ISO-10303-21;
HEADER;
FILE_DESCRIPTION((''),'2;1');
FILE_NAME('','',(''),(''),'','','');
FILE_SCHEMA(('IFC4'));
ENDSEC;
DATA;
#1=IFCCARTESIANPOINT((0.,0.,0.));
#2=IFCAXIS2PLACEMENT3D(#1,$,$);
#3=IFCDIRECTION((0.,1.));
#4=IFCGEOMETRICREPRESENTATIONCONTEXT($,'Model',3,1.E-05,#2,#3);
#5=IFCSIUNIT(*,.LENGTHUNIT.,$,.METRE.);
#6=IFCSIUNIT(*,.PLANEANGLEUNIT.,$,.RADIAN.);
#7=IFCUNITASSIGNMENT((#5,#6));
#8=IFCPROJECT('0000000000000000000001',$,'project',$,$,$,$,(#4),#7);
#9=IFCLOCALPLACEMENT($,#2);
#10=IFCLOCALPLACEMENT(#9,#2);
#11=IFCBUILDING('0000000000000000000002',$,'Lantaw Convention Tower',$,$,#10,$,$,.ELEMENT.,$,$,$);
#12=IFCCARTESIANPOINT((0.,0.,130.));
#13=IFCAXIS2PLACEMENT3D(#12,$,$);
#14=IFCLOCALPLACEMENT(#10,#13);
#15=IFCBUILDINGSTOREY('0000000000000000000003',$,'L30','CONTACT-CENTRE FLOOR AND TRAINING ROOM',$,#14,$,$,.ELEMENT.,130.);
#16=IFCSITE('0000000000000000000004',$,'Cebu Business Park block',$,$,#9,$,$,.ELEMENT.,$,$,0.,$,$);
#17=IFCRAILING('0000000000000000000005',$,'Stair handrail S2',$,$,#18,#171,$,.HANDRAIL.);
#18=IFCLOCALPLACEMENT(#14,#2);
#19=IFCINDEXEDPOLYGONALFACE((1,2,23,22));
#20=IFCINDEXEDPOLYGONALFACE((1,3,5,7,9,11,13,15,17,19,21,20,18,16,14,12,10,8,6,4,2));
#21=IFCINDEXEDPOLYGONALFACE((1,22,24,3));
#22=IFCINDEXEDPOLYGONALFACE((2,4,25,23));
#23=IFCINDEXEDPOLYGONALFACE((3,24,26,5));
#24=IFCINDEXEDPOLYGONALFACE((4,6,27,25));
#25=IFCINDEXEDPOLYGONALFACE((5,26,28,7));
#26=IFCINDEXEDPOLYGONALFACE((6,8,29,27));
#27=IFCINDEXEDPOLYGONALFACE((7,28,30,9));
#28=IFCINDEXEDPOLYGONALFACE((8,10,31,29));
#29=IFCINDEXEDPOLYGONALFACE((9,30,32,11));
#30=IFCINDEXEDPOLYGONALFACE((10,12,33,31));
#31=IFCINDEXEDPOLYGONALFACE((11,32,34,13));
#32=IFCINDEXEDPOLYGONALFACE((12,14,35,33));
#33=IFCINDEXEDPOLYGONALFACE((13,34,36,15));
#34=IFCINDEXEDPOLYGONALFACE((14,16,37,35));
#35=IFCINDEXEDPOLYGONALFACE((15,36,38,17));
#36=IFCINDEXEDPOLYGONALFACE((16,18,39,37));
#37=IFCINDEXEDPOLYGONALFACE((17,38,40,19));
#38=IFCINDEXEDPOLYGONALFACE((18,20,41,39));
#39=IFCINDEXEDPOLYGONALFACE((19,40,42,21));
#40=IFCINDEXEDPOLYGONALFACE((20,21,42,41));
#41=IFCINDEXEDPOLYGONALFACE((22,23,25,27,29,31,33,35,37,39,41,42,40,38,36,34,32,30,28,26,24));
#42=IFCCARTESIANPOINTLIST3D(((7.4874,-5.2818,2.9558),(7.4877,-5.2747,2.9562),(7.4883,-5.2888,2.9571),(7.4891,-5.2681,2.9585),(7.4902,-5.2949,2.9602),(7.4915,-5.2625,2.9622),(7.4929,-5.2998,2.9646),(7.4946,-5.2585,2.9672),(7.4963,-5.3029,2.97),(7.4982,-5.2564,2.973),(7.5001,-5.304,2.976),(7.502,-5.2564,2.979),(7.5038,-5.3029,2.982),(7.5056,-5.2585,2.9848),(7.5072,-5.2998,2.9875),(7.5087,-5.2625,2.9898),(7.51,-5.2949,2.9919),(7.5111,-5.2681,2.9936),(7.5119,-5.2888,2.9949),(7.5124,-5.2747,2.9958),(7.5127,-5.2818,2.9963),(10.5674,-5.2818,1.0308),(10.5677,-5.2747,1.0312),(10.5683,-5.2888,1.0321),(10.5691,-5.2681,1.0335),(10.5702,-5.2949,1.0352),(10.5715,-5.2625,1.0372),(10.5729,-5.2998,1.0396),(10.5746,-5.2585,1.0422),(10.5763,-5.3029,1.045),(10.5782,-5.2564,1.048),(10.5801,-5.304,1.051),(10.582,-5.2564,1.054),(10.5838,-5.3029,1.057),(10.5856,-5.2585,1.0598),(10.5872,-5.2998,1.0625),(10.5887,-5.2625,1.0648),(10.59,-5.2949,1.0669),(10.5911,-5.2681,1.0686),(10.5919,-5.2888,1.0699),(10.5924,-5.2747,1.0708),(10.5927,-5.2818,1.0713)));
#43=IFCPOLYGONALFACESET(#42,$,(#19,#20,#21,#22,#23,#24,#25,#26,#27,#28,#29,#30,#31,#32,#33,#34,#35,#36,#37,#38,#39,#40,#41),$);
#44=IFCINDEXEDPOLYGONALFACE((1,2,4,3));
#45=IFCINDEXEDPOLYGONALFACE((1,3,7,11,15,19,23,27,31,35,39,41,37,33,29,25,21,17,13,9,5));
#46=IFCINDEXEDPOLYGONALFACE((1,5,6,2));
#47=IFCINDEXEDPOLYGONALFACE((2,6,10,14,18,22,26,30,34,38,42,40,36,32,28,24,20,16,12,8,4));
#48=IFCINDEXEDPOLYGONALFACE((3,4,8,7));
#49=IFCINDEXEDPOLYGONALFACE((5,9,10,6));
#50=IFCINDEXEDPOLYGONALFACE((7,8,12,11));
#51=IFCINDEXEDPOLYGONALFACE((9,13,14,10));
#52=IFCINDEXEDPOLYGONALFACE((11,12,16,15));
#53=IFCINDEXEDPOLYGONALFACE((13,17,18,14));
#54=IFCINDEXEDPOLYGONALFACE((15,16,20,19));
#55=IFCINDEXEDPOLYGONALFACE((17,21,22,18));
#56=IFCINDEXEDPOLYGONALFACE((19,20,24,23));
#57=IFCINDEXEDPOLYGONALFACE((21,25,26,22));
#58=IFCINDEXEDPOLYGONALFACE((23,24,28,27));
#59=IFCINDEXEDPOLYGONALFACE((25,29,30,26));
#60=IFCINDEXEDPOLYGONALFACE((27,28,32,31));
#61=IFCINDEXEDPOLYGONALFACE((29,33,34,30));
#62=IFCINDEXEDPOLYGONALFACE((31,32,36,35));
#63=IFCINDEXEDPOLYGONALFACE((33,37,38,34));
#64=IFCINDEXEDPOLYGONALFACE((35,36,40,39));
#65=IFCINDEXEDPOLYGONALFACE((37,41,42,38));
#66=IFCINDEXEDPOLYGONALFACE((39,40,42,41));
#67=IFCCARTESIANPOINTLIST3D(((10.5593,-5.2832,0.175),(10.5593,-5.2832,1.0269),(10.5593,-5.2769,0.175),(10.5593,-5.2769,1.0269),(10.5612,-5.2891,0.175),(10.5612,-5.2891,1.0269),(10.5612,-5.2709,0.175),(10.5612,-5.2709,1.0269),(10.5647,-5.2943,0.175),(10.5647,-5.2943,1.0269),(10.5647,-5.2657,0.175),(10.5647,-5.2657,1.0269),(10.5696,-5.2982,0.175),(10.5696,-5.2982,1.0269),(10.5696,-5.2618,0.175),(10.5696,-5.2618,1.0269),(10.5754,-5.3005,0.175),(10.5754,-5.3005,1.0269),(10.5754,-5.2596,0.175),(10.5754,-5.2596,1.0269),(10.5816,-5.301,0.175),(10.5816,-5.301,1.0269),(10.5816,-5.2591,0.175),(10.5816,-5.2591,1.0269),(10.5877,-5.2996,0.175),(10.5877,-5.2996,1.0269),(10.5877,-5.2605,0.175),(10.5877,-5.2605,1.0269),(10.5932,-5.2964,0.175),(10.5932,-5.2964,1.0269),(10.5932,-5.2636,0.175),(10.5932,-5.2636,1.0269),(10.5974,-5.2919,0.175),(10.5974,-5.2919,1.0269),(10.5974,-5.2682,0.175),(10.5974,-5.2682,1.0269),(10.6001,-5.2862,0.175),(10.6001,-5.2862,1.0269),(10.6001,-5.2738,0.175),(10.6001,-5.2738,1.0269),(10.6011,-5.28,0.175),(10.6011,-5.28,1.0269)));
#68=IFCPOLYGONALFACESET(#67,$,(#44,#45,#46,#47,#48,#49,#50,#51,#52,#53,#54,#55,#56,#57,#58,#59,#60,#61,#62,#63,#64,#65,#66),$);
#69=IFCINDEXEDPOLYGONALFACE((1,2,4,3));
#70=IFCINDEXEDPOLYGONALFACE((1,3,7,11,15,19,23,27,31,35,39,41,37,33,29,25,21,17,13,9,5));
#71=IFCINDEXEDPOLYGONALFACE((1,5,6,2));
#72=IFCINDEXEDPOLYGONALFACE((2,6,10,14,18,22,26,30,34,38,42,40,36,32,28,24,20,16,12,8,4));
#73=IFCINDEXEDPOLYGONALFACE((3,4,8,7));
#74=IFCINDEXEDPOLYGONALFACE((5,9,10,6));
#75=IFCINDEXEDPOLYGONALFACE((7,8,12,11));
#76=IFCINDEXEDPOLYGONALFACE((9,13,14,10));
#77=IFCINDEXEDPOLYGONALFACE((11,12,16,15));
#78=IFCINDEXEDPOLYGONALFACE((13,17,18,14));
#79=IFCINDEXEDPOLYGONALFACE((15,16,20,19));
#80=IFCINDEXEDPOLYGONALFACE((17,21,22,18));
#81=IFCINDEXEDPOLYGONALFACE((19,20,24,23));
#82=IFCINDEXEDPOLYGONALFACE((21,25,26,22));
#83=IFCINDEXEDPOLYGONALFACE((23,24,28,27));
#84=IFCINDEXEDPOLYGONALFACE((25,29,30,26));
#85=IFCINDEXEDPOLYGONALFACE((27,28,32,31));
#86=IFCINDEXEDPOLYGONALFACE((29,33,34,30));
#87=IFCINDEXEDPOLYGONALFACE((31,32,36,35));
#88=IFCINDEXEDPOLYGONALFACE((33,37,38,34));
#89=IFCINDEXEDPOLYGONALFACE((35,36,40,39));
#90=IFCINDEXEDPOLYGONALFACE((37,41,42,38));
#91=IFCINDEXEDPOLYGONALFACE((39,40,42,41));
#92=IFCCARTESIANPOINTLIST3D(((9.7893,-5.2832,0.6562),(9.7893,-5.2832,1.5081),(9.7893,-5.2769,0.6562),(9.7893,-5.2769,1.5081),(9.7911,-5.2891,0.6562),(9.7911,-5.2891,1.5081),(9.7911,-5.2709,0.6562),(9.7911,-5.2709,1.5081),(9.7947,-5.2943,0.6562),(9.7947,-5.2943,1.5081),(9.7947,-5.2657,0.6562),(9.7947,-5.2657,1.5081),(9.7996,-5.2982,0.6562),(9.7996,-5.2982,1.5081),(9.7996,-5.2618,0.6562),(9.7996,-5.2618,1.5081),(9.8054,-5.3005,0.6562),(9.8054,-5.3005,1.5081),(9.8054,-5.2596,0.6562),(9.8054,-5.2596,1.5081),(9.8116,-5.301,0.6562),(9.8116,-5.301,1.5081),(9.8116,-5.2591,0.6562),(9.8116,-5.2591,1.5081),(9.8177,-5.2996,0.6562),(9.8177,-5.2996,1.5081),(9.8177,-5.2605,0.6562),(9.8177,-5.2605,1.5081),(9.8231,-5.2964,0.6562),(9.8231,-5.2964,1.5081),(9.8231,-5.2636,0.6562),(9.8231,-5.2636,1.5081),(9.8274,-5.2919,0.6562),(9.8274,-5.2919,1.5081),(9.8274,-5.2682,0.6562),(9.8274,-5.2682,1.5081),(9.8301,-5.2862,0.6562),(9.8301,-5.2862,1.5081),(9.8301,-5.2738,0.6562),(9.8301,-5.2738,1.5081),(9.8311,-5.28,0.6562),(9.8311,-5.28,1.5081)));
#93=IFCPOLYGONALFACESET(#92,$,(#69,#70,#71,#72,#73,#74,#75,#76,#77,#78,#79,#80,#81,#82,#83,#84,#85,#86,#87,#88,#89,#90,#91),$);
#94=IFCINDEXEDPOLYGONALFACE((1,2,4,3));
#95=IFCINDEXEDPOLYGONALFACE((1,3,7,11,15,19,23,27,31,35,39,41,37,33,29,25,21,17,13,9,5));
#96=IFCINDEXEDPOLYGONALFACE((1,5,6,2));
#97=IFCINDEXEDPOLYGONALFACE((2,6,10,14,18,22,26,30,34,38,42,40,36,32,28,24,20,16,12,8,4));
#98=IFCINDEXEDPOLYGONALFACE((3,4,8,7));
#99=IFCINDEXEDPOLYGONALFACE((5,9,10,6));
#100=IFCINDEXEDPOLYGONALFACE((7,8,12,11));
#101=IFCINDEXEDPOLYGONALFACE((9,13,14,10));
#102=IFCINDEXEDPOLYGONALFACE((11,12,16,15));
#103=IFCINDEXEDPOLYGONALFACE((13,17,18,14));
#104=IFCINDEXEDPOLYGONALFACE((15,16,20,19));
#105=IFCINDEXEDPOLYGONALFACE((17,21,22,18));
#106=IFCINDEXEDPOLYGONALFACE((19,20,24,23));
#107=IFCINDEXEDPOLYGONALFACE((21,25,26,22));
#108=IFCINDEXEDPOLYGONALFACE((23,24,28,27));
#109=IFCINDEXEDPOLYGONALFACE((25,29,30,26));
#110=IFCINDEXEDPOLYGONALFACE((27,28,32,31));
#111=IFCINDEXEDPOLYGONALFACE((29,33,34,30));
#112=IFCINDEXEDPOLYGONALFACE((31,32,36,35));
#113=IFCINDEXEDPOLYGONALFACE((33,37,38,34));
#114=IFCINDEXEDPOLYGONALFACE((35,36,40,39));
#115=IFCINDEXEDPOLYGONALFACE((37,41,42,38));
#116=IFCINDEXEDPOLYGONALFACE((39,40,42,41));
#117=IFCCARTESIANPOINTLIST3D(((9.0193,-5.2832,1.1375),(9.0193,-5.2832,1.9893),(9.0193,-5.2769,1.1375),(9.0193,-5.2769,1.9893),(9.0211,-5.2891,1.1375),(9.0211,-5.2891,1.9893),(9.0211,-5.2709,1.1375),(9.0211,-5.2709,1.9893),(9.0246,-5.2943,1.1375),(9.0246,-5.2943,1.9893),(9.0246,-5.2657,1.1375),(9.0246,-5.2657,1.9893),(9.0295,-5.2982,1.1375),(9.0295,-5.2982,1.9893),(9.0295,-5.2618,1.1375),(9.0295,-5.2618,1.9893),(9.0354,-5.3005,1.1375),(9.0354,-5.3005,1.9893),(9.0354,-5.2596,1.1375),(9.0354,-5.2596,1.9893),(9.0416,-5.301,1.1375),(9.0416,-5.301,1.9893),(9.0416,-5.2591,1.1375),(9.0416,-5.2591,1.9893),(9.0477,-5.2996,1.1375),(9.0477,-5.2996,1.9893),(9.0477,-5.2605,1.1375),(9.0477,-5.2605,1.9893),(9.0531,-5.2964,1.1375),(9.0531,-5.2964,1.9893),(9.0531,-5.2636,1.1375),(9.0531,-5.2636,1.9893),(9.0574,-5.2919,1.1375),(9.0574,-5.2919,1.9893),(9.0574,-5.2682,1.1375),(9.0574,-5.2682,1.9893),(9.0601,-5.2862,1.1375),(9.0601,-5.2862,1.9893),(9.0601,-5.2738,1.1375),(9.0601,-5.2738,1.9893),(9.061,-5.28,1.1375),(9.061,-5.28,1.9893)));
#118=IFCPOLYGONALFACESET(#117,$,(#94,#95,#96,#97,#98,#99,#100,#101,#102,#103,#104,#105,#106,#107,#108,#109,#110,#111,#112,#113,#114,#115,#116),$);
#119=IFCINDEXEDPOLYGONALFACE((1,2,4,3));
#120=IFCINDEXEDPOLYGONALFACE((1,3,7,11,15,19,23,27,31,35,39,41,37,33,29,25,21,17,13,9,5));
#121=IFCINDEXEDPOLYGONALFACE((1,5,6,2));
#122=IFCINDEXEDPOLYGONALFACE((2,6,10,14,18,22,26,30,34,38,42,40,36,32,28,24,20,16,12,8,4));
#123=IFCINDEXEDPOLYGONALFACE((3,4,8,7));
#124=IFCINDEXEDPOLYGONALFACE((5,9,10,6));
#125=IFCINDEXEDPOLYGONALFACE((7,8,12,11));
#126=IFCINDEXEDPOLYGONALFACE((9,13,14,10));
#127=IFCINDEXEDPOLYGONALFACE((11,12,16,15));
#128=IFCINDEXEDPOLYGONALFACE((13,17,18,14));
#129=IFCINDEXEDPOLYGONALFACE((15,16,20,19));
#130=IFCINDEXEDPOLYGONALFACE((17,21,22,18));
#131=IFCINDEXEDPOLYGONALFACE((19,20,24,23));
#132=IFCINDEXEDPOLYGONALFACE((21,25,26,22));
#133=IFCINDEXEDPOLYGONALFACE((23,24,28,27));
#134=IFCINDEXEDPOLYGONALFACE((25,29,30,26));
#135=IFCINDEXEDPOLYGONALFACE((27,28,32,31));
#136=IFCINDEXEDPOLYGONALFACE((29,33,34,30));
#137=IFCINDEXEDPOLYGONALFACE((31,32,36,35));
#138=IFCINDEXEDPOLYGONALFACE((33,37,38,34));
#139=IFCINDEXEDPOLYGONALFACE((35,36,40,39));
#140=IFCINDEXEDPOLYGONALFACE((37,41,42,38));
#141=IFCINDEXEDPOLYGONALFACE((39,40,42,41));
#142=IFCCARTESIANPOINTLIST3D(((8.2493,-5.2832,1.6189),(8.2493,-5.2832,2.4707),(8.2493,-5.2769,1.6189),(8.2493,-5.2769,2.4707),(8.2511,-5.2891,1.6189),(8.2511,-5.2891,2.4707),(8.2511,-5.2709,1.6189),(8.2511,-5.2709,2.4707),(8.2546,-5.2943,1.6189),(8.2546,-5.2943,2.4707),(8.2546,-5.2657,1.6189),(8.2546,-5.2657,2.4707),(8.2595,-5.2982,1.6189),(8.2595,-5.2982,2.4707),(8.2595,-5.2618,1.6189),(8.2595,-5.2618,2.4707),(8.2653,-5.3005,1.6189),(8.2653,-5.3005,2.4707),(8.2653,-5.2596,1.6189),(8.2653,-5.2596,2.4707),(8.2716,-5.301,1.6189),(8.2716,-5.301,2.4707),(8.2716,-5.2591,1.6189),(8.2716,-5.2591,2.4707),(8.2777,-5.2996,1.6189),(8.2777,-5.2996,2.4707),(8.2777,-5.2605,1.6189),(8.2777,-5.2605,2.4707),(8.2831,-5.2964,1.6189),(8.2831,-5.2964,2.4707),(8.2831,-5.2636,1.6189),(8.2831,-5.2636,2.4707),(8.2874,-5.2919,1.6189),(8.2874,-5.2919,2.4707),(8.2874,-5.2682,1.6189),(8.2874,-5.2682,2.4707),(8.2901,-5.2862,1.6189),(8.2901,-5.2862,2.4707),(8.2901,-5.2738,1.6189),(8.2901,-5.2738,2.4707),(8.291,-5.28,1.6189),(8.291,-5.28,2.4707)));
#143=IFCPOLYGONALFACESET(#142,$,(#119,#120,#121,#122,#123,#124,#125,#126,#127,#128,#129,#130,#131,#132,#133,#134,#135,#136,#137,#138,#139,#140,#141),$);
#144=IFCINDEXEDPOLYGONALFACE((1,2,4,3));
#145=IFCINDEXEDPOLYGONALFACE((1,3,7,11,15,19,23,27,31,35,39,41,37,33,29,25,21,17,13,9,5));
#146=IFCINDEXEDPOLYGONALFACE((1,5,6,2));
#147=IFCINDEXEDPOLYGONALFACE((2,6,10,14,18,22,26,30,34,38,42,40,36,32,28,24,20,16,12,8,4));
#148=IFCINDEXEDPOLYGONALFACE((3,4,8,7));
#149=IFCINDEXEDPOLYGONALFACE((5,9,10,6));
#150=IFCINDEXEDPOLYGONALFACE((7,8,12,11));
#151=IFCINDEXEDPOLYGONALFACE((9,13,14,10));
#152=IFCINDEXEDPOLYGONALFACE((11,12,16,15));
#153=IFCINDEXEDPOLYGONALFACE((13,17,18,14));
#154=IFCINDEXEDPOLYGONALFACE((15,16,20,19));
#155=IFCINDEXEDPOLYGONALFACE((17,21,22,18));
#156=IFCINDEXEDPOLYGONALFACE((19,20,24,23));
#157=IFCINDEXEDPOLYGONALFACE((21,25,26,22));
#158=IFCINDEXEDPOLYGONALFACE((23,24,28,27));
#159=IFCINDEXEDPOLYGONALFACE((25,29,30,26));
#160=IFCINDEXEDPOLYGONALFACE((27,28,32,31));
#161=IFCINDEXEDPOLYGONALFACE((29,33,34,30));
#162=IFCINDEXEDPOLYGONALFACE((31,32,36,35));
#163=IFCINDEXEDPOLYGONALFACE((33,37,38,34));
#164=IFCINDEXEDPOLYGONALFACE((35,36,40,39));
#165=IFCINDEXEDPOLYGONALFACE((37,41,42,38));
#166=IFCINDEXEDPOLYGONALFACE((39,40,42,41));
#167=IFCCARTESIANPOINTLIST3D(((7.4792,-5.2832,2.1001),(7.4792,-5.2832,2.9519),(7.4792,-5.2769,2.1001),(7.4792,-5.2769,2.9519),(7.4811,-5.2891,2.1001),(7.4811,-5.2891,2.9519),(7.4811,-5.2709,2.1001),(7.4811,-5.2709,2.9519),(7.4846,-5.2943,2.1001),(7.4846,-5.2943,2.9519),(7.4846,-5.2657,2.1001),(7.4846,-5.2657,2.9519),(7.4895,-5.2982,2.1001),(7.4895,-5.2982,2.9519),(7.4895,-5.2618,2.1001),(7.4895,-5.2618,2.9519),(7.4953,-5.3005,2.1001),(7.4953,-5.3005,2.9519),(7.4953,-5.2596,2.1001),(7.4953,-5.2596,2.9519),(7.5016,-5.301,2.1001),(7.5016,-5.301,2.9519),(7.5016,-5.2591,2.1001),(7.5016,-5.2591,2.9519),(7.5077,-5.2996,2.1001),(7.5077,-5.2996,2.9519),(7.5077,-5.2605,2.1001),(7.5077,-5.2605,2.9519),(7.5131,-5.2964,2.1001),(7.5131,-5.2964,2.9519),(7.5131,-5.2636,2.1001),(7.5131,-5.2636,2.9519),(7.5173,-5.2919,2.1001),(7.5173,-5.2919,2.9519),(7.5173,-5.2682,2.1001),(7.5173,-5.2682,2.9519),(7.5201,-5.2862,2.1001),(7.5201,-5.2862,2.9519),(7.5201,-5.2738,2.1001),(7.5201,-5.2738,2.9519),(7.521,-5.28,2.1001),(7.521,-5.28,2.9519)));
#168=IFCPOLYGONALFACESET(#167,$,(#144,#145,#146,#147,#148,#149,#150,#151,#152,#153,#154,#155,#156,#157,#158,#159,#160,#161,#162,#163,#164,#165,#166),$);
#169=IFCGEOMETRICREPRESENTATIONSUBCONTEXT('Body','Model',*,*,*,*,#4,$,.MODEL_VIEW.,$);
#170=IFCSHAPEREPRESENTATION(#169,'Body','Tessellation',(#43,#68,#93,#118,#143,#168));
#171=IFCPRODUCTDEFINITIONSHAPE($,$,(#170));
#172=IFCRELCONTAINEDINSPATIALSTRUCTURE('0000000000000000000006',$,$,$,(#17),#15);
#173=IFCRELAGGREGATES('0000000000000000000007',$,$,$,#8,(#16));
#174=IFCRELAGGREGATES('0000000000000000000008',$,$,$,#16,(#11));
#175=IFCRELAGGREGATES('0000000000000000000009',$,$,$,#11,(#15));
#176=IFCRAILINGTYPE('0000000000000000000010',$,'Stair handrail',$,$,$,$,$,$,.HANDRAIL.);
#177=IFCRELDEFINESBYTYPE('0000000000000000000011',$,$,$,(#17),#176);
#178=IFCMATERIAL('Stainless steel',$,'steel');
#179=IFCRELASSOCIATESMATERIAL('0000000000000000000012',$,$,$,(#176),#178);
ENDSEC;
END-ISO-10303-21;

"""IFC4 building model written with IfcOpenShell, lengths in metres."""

from ifc_helpers import new_model, si_unit, direction, frame, origin, origin_2d, place, context, subcontext, project, spatial, circle, extrude, material, type_object, element, save


model = new_model("IFC4")

# Units and contexts
model_context = context("Model", 3, precision=1e-05, world=origin(), true_north=direction((0.0, 1.0)))
body_context = subcontext(model_context, "Body", "Model", "MODEL_VIEW")
ifc_project = project(units=[si_unit("LENGTHUNIT", "METRE"), si_unit("PLANEANGLEUNIT", "RADIAN")], contexts=[model_context])

# Site, building, storey
site_placement = place(None, origin())
site = spatial("IfcSite", under=ifc_project, at=site_placement, Name="Cebu Business Park block", CompositionType="ELEMENT", RefElevation=0.0)
building_placement = place(site_placement, origin())
building = spatial("IfcBuilding", under=site, at=building_placement, Name="Lantaw Convention Tower", CompositionType="ELEMENT")
storey_placement = place(building_placement, frame((0.0, 0.0, 130.0)))
storey = spatial("IfcBuildingStorey", under=building, at=storey_placement, Name="L30", Description="CONTACT-CENTRE FLOOR AND TRAINING ROOM", CompositionType="ELEMENT", Elevation=130.0)

# Railing
ifc_material_1 = material(Name="Stainless steel", Category="steel")
railing_type = type_object("IfcRailingType", Name="Stair handrail", PredefinedType="HANDRAIL", material=ifc_material_1)
railing_1_placement = place(storey_placement, frame((10.5801, -5.28, 0.175)))
element("IfcRailing", 1, at=railing_1_placement, inside=storey, type_object=railing_type, Name="Stair handrail S2", PredefinedType="HANDRAIL", context=body_context, shape_type="SweptSolid", body=[
    extrude(circle(Radius=0.0239, at=origin_2d()), frame((0.0, 0.0, 0.876), z_axis=(-0.847998, 0.0, 0.529999), x_axis=(0.0, -1.0, 0.0)), (0.0, 0.0, 1.0), 3.6321),
    extrude(circle(Radius=0.021, at=origin_2d()), origin(), (0.0, 0.0, 1.0), 0.8518),
    extrude(circle(Radius=0.021, at=origin_2d()), frame((-0.77, 0.0, 0.4812)), (0.0, 0.0, 1.0), 0.8518),
    extrude(circle(Radius=0.021, at=origin_2d()), frame((-1.54, 0.0, 0.9624)), (0.0, 0.0, 1.0), 0.8518),
    extrude(circle(Radius=0.021, at=origin_2d()), frame((-2.3101, 0.0, 1.4438)), (0.0, 0.0, 1.0), 0.8518),
    extrude(circle(Radius=0.021, at=origin_2d()), frame((-3.0801, 0.0, 1.925)), (0.0, 0.0, 1.0), 0.8518),
])

save(model, "model.ifc")
